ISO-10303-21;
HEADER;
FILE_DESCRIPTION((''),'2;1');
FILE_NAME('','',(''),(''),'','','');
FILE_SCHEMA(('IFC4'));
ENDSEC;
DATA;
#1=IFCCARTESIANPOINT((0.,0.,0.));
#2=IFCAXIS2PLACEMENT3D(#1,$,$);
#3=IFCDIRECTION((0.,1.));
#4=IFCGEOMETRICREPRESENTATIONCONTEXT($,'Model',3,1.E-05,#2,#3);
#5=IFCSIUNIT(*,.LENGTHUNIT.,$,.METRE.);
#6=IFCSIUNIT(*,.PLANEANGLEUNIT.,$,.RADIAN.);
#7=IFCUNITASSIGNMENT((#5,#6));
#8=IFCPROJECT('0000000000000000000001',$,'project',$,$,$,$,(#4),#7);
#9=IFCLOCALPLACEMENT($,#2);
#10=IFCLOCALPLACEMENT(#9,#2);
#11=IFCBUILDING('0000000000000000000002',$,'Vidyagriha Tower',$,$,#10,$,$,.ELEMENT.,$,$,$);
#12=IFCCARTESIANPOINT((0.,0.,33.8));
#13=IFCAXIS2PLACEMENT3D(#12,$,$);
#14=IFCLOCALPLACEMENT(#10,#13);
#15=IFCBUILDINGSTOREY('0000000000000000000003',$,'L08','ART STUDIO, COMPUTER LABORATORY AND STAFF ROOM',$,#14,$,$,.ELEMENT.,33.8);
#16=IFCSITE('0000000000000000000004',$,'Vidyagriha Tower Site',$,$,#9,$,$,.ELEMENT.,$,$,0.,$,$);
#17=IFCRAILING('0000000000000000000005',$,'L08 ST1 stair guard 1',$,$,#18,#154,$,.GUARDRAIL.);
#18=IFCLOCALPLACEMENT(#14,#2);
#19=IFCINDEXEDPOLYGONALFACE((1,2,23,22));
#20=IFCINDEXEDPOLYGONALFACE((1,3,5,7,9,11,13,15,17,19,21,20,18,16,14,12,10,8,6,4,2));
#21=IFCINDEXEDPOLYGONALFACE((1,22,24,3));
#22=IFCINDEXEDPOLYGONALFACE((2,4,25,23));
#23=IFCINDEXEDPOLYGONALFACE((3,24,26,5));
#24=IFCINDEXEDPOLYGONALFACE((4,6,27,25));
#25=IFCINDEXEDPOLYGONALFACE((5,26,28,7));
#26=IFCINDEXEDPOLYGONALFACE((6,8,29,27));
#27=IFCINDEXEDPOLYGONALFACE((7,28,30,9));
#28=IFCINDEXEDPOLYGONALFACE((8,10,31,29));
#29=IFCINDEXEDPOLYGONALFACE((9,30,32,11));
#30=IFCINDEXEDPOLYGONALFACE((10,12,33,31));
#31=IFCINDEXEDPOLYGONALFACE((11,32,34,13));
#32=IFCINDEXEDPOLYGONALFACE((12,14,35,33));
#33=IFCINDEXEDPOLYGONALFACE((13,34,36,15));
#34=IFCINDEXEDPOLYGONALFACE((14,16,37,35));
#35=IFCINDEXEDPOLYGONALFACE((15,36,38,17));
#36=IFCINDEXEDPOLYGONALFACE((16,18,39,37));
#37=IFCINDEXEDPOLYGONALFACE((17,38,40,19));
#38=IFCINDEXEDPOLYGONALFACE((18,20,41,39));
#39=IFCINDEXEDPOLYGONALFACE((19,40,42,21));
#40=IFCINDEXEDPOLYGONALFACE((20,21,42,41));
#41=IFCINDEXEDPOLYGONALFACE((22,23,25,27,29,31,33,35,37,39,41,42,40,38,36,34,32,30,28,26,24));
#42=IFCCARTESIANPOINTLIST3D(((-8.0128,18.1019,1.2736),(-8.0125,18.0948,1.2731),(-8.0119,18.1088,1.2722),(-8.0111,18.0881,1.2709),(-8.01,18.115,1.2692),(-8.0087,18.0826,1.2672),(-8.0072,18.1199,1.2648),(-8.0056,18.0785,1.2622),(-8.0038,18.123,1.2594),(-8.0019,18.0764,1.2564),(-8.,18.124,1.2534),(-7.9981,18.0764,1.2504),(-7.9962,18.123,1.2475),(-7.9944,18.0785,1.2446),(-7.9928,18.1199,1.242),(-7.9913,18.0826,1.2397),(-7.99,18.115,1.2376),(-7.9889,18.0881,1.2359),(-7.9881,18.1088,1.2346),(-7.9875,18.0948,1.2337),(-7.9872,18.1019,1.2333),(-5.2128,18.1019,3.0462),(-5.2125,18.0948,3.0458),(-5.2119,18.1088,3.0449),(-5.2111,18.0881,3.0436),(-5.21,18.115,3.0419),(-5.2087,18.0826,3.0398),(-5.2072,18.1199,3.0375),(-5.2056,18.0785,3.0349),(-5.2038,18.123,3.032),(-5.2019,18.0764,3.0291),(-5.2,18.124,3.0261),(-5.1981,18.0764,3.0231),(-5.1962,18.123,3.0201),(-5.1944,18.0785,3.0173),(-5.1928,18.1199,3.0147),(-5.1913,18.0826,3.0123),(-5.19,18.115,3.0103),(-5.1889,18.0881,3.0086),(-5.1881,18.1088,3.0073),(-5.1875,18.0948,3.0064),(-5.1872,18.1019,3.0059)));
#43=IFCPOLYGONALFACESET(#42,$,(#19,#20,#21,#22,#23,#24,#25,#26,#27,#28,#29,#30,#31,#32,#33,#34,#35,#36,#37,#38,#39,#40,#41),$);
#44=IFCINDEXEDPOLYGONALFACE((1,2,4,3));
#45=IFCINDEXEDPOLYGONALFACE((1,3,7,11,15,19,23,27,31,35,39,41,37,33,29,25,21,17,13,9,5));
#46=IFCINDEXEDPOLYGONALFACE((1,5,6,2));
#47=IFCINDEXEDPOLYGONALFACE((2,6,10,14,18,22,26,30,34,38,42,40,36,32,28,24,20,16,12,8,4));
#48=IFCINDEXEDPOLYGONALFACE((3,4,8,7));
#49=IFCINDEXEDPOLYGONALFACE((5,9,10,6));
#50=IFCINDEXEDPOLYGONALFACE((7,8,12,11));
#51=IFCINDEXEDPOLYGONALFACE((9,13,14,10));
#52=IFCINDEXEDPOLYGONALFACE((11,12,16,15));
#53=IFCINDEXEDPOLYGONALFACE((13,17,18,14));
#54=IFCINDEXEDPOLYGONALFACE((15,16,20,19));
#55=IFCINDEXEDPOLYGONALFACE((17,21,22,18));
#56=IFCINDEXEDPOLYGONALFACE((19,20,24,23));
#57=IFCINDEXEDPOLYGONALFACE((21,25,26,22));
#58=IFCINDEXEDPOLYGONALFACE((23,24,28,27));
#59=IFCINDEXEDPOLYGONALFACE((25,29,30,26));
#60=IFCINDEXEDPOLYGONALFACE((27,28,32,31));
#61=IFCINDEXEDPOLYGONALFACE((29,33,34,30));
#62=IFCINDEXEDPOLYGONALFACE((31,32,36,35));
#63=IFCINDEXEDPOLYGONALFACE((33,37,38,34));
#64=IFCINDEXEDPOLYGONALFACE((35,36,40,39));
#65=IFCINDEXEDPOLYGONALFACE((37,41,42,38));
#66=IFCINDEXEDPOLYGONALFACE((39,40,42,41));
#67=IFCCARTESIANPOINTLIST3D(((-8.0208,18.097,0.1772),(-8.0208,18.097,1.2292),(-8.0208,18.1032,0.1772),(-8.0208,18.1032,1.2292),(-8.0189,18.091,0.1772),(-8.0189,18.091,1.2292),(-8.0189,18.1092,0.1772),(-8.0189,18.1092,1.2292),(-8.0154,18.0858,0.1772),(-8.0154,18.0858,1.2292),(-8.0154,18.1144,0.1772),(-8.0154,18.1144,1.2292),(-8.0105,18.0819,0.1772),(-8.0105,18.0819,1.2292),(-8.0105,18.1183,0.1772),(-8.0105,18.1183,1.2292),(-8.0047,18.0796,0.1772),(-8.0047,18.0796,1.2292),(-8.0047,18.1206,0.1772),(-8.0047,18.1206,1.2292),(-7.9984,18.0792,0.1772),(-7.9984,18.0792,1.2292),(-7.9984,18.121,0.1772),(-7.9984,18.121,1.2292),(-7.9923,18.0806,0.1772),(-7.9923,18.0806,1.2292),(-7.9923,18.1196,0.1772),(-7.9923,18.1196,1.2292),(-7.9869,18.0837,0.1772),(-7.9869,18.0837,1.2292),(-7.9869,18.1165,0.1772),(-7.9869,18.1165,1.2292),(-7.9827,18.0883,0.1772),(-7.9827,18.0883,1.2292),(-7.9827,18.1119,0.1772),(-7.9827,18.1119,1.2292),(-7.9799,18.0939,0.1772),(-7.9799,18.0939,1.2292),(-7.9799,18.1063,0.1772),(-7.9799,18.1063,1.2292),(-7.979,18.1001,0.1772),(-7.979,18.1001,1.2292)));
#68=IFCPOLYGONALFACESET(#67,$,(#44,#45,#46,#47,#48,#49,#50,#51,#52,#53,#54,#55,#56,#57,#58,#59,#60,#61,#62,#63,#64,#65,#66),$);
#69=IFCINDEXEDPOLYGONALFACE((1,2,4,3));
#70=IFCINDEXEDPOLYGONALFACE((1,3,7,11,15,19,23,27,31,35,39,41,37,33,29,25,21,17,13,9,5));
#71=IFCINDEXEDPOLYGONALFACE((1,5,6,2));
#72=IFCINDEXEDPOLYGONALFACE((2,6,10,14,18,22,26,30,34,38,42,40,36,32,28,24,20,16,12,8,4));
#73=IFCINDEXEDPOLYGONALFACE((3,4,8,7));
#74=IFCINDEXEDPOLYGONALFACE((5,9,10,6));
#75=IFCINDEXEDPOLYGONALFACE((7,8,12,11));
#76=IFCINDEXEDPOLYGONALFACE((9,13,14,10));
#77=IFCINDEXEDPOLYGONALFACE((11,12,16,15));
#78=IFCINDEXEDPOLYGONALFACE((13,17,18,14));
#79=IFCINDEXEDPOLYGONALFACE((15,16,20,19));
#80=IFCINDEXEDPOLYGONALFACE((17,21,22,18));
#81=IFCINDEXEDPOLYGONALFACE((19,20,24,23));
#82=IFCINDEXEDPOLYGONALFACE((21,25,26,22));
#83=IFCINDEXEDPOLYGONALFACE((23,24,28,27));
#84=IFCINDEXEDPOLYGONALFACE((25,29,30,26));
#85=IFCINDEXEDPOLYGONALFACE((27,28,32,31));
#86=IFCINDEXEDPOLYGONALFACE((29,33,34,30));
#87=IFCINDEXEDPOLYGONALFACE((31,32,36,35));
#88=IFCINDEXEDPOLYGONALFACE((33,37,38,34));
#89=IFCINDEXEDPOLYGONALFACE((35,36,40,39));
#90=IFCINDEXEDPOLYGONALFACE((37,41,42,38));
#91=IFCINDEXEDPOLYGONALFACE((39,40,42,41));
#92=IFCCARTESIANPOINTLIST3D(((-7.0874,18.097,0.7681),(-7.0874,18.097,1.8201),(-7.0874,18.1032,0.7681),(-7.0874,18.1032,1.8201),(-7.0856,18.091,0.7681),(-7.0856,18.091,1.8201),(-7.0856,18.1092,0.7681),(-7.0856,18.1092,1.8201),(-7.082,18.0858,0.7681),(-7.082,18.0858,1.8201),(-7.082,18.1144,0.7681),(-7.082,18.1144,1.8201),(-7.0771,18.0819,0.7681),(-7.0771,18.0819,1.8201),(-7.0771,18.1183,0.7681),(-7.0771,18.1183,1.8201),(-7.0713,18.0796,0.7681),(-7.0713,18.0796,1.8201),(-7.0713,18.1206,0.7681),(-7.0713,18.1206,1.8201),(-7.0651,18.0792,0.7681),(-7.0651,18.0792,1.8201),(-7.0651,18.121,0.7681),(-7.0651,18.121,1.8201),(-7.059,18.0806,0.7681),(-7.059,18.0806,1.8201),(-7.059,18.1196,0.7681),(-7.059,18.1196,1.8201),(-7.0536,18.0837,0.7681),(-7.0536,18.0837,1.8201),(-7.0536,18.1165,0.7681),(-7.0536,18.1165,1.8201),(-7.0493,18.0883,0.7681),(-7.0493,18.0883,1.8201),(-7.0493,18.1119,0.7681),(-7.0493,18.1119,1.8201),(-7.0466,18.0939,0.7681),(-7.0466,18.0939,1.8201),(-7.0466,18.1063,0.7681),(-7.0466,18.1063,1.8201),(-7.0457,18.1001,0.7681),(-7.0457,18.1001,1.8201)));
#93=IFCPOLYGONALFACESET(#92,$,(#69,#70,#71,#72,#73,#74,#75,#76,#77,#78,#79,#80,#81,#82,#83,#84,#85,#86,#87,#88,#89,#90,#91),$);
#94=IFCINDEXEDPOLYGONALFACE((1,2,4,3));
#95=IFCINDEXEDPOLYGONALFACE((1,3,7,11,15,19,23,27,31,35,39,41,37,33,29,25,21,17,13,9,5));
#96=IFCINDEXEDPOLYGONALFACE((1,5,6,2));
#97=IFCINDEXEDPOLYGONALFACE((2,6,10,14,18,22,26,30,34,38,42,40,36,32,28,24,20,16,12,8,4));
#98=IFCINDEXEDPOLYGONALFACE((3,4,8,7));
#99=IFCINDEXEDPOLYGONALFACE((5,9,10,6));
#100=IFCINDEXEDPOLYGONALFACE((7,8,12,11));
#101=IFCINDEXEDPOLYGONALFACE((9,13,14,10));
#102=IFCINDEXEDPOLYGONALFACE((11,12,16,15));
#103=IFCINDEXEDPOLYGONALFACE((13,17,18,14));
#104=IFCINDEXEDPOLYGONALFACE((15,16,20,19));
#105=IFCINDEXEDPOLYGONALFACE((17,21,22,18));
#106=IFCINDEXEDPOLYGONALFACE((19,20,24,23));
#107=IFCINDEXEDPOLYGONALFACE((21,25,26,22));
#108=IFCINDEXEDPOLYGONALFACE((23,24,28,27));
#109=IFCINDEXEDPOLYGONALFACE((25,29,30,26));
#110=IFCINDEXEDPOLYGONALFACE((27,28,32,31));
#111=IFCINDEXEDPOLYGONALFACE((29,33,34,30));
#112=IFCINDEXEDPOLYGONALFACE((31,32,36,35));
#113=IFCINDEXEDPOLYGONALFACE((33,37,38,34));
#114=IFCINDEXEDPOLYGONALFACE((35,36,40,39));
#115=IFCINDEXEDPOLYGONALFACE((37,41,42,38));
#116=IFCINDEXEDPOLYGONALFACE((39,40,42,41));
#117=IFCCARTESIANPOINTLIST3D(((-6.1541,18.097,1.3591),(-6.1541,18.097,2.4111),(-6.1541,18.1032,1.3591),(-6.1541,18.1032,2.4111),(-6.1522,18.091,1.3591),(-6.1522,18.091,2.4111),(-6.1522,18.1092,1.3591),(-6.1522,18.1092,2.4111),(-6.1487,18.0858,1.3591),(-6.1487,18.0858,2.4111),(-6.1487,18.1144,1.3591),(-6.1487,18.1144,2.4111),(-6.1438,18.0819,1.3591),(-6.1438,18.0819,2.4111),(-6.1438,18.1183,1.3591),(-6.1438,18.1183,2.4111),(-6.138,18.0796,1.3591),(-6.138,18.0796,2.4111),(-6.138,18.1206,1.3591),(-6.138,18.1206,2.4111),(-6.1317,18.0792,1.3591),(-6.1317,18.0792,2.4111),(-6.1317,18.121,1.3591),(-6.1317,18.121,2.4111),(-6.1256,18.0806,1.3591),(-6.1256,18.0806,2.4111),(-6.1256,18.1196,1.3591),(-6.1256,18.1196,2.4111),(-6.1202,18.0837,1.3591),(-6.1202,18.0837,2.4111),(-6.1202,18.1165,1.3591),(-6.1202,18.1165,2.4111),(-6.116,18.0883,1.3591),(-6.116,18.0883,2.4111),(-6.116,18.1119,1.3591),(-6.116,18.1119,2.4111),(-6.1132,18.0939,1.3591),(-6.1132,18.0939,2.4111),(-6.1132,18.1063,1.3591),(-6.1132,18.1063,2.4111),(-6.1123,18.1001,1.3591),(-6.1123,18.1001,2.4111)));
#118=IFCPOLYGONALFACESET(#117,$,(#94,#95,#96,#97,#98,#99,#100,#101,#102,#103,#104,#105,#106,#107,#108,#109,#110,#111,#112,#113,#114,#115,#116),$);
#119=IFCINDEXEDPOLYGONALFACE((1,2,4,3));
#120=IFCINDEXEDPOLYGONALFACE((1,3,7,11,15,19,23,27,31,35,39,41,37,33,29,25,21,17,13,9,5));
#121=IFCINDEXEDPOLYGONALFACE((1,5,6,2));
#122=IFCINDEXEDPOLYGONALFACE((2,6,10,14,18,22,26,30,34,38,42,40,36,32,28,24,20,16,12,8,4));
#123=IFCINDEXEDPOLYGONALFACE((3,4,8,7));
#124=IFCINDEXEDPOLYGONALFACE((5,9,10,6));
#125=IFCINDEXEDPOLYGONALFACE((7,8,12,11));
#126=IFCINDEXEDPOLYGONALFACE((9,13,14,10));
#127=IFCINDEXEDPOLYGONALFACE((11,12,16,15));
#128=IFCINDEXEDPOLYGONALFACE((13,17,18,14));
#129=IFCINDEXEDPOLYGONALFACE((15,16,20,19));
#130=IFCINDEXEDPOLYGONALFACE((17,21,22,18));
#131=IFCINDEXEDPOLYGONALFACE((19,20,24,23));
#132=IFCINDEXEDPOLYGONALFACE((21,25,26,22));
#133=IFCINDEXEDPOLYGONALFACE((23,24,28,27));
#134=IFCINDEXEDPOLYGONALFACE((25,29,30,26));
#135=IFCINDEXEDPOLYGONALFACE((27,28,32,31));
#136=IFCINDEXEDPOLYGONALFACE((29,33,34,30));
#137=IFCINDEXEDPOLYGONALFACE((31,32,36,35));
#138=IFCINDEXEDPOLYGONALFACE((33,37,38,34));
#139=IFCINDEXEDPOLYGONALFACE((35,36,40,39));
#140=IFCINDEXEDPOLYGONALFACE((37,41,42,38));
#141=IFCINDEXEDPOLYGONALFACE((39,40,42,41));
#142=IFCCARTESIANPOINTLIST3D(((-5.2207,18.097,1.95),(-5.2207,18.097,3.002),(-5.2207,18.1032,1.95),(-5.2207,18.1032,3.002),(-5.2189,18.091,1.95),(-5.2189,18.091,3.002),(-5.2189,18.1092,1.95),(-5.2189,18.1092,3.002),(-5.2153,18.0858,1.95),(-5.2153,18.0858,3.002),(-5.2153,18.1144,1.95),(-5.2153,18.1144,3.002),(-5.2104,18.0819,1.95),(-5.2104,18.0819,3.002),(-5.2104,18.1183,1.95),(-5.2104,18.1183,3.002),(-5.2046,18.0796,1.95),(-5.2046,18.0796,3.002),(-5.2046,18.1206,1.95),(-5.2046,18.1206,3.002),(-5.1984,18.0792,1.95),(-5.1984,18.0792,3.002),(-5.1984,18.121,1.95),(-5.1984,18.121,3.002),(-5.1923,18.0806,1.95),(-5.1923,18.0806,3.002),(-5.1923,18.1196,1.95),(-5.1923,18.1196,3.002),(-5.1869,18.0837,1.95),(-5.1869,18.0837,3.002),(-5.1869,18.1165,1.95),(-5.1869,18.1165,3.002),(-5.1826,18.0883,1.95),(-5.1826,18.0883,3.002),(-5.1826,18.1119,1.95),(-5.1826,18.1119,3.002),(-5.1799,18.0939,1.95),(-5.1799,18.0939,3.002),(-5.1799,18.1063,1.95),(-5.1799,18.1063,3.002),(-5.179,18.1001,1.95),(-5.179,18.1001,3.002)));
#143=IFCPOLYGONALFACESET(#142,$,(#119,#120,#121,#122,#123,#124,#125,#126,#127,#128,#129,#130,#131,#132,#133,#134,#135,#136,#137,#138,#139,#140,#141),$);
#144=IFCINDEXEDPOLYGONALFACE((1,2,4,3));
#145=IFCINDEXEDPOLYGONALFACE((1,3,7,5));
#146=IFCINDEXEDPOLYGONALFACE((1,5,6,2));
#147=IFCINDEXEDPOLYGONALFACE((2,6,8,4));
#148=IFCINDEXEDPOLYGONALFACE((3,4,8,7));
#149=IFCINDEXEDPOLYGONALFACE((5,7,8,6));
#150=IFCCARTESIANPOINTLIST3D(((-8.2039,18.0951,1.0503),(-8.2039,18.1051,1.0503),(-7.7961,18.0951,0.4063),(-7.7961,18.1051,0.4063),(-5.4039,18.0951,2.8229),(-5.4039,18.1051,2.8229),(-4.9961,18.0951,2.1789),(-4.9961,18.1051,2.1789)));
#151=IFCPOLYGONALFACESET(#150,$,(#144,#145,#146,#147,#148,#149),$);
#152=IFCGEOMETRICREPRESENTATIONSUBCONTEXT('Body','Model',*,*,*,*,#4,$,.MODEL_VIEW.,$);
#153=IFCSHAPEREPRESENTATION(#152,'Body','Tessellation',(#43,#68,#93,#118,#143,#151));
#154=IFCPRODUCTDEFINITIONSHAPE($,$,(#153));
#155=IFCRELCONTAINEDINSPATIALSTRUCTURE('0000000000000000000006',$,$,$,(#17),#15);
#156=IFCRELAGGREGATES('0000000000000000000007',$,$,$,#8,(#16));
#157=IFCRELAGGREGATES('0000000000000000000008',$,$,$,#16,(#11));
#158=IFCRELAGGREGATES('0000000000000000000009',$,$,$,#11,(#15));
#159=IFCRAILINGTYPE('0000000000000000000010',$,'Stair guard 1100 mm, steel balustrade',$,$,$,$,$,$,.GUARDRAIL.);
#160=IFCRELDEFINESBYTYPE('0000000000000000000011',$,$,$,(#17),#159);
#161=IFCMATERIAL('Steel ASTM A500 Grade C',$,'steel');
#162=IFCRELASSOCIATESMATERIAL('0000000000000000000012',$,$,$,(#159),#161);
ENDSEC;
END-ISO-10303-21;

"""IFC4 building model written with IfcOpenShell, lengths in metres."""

from ifc_helpers import new_model, si_unit, direction, frame, origin, origin_2d, place, context, subcontext, project, spatial, rectangle, circle, extrude, material, type_object, element, save


model = new_model("IFC4")

# Units and contexts
model_context = context("Model", 3, precision=1e-05, world=origin(), true_north=direction((0.0, 1.0)))
body_context = subcontext(model_context, "Body", "Model", "MODEL_VIEW")
ifc_project = project(units=[si_unit("LENGTHUNIT", "METRE"), si_unit("PLANEANGLEUNIT", "RADIAN")], contexts=[model_context])

# Site, building, storey
site_placement = place(None, origin())
site = spatial("IfcSite", under=ifc_project, at=site_placement, Name="Vidyagriha Tower Site", CompositionType="ELEMENT", RefElevation=0.0)
building_placement = place(site_placement, origin())
building = spatial("IfcBuilding", under=site, at=building_placement, Name="Vidyagriha Tower", CompositionType="ELEMENT")
storey_placement = place(building_placement, frame((0.0, 0.0, 33.8)))
storey = spatial("IfcBuildingStorey", under=building, at=storey_placement, Name="L08", Description="ART STUDIO, COMPUTER LABORATORY AND STAFF ROOM", CompositionType="ELEMENT", Elevation=33.8)

# Railing
ifc_material_1 = material(Name="Steel ASTM A500 Grade C", Category="steel")
railing_type_1 = type_object("IfcRailingType", Name="Stair guard 1100 mm, steel balustrade", PredefinedType="GUARDRAIL", material=ifc_material_1)
railing_1_placement = place(storey_placement, frame((-8.0, 18.1001, 0.1772)))
element("IfcRailing", 1, at=railing_1_placement, inside=storey, type_object=railing_type_1, Name="L08 ST1 stair guard 1", PredefinedType="GUARDRAIL", context=body_context, shape_type="SweptSolid", body=[
    extrude(circle(Radius=0.0239, at=origin_2d()), frame((0.0, 0.0, 1.0762), z_axis=(0.844909, 0.0, 0.53491), x_axis=(0.0, 1.0, 0.0)), (0.0, 0.0, 1.0), 3.314),
    extrude(circle(Radius=0.021, at=origin_2d()), origin(), (0.0, 0.0, 1.0), 1.052),
    extrude(circle(Radius=0.021, at=origin_2d()), frame((0.9333, 0.0, 0.5908)), (0.0, 0.0, 1.0), 1.052),
    extrude(circle(Radius=0.021, at=origin_2d()), frame((1.8667, 0.0, 1.1819)), (0.0, 0.0, 1.0), 1.052),
    extrude(circle(Radius=0.021, at=origin_2d()), frame((2.8, 0.0, 1.7727)), (0.0, 0.0, 1.0), 1.052),
    extrude(rectangle(XDim=0.01, YDim=0.7622, at=origin_2d()), frame((0.0, 0.0, 0.551), z_axis=(0.844909, 0.0, 0.53491), x_axis=(0.0, 1.0, 0.0)), (0.0, 0.0, 1.0), 3.314),
])

save(model, "model.ifc")
